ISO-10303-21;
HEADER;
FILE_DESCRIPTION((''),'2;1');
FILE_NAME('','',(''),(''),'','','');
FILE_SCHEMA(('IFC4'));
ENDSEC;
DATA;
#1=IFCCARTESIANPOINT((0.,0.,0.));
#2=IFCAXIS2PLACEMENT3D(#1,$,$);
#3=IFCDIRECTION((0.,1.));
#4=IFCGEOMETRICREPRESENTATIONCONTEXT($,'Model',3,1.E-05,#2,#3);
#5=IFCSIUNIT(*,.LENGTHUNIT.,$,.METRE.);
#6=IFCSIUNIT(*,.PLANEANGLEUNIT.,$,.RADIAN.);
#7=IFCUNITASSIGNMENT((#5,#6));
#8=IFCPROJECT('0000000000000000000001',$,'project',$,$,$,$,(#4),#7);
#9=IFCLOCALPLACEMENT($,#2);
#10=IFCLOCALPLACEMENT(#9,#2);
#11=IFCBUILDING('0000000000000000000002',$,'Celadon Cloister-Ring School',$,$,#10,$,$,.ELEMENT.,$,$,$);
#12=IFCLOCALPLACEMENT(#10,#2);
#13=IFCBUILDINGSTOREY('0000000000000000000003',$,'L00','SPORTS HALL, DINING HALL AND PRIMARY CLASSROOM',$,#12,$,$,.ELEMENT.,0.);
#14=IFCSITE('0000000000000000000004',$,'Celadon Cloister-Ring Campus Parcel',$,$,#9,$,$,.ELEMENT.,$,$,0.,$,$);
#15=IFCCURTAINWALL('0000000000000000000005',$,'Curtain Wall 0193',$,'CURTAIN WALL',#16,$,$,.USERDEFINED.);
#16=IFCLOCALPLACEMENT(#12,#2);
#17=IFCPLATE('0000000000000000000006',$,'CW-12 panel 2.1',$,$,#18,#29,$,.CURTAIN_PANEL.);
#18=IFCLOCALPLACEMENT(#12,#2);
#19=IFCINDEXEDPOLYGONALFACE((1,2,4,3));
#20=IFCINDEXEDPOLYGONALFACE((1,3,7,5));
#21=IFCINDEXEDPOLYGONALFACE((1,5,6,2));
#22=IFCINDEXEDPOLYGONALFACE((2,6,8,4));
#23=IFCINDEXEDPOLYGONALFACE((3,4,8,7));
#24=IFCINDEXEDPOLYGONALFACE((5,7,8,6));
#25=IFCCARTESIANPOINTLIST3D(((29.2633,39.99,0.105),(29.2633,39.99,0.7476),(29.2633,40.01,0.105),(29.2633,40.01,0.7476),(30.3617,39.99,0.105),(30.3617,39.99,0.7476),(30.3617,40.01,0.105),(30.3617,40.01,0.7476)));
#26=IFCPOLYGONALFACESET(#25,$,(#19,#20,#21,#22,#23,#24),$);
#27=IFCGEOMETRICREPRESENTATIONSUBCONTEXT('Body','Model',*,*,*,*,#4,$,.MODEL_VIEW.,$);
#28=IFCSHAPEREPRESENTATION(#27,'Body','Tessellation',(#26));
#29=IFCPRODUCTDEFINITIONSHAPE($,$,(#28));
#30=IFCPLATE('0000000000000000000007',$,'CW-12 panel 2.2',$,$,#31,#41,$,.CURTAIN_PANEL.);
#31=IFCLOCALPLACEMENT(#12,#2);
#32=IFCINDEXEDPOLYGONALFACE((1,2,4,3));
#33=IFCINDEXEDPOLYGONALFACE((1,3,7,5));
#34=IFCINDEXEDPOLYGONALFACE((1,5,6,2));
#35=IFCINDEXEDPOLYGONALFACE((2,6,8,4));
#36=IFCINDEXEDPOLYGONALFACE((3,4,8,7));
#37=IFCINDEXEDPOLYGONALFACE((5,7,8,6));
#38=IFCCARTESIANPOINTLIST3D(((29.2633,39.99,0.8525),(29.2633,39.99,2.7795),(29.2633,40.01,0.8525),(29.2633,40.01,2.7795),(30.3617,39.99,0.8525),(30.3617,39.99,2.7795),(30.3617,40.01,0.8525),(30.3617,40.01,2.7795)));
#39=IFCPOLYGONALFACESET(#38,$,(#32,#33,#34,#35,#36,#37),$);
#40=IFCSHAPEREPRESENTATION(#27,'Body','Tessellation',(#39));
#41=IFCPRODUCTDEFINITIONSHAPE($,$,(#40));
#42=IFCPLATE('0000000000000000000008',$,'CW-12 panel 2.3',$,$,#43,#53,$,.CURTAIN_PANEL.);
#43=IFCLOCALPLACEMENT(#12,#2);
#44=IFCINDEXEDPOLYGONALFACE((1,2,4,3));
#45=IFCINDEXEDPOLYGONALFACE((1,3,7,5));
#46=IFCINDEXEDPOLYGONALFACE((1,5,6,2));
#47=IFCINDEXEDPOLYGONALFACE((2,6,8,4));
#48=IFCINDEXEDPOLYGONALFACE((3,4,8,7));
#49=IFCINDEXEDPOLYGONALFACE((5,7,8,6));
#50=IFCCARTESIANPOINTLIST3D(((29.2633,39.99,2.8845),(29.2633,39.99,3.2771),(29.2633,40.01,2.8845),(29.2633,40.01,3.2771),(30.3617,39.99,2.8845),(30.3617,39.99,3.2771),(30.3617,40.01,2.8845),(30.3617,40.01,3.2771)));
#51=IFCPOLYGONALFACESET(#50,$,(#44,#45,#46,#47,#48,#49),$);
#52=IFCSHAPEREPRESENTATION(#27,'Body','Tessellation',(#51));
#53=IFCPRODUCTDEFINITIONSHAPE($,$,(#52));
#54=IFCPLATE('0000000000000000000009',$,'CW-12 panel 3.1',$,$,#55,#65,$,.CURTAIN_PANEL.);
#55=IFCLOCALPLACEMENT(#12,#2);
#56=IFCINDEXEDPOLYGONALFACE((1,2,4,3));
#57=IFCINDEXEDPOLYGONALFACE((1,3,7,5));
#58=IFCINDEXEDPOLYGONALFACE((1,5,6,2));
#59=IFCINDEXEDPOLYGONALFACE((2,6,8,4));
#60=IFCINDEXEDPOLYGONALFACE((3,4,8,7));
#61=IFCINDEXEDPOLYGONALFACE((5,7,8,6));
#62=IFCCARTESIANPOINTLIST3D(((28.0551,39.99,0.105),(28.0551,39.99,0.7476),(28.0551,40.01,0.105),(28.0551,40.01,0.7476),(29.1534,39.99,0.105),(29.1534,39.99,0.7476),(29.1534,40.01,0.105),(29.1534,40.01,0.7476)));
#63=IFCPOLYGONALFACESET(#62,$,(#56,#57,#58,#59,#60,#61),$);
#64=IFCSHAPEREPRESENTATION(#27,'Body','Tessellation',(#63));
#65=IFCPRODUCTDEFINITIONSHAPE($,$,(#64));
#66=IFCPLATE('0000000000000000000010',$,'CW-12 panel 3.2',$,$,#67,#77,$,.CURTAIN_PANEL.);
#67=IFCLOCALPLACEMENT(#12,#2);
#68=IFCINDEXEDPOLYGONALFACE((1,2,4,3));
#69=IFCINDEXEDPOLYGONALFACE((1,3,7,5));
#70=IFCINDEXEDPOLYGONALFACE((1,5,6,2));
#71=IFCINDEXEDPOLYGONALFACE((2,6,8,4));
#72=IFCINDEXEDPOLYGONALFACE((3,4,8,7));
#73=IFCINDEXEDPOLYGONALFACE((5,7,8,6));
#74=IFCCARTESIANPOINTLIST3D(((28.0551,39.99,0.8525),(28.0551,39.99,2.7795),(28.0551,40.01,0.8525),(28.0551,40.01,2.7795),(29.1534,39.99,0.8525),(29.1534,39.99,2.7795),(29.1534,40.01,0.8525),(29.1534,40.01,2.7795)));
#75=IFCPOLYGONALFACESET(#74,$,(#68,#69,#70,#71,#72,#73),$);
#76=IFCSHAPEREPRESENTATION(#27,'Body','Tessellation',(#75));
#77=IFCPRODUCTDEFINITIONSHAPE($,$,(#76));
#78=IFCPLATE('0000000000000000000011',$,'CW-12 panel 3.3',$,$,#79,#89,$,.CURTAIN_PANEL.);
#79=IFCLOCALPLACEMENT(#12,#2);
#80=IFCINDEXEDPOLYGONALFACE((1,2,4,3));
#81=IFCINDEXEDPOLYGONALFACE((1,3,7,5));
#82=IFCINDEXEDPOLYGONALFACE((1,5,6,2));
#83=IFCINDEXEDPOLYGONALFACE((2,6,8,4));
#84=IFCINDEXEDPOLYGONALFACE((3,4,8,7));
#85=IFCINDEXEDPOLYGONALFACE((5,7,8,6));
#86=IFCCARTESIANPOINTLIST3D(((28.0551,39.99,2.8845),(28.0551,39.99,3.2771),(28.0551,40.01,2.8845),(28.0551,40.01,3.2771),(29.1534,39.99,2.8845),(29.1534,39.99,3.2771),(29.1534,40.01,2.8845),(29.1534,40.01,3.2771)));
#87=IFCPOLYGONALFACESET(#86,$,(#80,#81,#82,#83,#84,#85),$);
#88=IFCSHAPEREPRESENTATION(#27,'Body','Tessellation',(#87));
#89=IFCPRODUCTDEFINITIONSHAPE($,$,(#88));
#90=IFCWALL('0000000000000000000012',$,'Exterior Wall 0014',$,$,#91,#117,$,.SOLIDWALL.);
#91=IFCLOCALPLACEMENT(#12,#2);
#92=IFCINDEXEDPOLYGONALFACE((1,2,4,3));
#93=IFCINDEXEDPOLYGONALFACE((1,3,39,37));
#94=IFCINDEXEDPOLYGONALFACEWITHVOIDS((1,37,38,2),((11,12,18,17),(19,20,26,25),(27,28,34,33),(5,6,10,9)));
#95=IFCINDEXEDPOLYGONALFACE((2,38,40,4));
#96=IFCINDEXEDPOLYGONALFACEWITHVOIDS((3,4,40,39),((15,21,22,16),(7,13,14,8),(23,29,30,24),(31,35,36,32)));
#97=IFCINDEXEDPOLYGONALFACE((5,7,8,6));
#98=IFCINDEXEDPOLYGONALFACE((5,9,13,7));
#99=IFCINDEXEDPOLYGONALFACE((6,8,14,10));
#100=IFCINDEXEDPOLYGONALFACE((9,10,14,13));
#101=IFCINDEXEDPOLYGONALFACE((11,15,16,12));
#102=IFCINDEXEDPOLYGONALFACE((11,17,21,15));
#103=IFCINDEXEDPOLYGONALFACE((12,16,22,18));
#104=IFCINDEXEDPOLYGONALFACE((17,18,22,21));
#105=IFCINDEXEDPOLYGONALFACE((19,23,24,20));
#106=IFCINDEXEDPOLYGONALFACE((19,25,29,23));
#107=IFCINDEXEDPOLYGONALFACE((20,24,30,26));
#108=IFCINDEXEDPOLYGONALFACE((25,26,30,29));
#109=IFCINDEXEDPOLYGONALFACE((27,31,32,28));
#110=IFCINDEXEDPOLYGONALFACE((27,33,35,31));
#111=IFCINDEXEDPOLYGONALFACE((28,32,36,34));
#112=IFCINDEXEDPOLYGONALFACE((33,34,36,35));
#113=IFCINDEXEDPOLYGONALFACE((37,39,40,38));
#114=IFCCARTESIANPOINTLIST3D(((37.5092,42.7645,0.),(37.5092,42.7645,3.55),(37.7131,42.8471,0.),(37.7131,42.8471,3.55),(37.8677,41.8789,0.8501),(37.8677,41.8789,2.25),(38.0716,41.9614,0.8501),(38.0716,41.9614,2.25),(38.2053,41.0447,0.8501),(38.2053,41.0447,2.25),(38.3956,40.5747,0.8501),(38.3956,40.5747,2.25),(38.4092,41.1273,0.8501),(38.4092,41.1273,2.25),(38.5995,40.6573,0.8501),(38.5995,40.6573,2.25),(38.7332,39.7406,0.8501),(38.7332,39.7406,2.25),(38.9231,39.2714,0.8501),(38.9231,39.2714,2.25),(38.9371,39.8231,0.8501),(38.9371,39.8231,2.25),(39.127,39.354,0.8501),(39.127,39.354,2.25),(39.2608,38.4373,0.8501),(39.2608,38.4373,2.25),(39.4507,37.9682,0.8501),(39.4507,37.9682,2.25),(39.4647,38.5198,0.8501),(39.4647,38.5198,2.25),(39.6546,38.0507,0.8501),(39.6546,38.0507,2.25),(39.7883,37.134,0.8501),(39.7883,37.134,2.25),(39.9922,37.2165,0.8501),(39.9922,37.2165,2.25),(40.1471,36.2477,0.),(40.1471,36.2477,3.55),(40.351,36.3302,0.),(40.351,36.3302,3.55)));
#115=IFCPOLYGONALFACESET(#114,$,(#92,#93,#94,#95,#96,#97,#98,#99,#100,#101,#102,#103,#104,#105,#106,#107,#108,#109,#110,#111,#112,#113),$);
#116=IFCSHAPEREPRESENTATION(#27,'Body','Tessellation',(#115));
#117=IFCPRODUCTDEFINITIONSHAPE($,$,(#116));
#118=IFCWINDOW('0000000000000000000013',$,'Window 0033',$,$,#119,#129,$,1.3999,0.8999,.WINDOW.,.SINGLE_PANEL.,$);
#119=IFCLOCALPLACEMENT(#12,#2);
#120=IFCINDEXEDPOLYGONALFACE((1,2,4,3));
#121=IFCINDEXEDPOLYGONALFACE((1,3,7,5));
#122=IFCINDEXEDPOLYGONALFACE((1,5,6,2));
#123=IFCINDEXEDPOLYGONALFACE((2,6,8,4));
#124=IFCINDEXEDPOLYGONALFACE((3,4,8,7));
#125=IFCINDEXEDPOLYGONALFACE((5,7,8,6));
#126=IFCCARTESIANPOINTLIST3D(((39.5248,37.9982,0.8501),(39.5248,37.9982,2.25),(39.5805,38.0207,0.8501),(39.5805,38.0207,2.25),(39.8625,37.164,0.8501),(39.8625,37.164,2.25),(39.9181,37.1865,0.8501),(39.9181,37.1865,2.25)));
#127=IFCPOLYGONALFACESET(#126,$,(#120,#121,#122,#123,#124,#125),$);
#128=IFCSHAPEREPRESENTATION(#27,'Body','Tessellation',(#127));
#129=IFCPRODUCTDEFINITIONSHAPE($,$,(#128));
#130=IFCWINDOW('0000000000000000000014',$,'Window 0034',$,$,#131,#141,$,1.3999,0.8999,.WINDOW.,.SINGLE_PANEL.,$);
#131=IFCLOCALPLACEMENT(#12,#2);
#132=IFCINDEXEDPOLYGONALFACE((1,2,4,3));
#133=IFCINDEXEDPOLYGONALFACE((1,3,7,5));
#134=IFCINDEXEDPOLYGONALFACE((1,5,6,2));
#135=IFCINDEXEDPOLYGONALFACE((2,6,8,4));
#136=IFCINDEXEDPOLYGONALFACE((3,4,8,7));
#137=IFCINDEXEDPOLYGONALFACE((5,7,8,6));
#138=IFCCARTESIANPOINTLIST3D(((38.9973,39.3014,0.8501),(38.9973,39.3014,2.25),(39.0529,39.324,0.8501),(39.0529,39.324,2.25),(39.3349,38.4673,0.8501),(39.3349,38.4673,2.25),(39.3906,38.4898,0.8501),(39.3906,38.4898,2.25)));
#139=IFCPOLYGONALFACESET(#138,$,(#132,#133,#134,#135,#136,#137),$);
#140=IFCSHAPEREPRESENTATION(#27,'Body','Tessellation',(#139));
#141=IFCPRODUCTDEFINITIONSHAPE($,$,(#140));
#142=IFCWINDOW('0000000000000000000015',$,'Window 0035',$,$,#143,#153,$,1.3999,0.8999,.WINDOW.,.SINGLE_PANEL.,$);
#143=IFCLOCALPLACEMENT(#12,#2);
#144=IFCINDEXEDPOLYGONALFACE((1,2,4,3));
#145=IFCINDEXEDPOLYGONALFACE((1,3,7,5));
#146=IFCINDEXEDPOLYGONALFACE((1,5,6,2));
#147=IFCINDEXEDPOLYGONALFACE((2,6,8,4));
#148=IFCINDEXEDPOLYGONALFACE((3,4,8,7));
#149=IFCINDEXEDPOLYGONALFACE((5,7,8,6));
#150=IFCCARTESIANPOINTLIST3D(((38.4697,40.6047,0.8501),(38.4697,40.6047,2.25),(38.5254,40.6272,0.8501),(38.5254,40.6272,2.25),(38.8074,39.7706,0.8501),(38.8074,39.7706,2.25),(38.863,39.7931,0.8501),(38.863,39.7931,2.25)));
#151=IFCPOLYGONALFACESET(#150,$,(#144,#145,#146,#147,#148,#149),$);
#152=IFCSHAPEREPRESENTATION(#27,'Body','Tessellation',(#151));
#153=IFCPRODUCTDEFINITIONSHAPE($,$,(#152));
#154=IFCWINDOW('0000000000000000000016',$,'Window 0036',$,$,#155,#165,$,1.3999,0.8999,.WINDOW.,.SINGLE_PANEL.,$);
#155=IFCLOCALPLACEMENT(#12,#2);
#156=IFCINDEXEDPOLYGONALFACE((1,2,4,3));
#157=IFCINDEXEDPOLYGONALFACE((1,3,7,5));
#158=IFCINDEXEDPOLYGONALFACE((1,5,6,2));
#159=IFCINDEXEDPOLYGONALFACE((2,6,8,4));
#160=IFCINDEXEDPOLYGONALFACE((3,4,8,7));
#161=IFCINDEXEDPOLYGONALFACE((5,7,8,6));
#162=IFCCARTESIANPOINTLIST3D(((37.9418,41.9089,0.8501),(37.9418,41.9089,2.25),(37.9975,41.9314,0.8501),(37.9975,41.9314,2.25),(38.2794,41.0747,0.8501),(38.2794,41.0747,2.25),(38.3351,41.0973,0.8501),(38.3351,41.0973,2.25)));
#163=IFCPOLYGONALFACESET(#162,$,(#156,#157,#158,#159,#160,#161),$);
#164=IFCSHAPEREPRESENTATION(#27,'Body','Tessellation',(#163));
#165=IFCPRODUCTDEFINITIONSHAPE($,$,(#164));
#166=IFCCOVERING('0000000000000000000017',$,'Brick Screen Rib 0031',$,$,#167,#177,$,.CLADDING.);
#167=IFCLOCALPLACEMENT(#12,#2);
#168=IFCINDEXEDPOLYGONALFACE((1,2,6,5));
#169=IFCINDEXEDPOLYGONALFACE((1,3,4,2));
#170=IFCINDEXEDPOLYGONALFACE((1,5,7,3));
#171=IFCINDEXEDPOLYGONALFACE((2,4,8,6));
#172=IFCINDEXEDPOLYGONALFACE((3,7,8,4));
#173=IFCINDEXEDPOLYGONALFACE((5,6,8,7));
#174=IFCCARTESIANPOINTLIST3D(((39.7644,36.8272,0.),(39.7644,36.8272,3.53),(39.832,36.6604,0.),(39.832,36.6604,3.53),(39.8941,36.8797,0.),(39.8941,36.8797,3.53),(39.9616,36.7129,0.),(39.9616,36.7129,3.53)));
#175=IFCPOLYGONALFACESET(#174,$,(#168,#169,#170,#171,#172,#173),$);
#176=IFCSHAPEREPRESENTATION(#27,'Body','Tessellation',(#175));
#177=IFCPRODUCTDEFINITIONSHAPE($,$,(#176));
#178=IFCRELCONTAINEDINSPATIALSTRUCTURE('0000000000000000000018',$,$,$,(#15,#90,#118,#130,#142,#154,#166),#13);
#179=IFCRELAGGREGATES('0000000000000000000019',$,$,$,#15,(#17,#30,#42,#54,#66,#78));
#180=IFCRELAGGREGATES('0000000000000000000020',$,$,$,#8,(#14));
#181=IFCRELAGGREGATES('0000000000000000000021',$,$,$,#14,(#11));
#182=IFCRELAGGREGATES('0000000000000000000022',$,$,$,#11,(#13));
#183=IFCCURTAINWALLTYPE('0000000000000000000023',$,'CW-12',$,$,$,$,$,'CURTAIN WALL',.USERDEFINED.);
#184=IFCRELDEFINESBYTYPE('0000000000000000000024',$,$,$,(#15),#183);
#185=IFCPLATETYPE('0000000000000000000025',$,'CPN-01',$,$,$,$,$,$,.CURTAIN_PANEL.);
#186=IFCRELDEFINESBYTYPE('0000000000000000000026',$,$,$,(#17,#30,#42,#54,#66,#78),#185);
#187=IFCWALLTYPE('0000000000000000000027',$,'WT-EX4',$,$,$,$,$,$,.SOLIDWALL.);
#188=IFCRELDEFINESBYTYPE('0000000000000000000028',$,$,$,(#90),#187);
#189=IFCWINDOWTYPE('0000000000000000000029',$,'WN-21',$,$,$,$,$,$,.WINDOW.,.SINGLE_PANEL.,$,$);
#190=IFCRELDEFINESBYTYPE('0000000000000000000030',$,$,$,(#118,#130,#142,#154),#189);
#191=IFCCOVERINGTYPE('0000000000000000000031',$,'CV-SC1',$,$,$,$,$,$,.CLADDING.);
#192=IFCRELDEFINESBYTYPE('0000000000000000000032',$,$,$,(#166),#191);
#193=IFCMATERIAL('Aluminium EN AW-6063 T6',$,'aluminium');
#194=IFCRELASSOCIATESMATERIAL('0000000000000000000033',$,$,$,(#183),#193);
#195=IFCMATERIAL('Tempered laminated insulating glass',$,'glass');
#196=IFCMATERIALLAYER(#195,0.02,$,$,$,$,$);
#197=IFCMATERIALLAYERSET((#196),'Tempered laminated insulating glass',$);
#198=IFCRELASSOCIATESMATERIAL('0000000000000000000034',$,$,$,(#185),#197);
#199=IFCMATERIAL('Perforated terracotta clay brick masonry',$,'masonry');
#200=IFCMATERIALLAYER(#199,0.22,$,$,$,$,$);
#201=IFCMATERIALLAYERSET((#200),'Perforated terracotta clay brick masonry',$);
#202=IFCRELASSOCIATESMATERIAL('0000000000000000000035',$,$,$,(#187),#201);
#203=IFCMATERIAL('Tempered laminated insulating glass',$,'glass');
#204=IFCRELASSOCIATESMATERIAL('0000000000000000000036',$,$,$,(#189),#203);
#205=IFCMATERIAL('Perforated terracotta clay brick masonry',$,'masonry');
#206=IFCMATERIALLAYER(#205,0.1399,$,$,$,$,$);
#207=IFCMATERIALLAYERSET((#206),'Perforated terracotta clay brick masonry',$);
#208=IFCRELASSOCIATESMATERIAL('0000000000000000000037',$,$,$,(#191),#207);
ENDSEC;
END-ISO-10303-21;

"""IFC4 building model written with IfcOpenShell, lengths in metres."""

from ifc_helpers import new_model, si_unit, direction, frame, frame_2d, origin, origin_2d, place, context, subcontext, project, spatial, rectangle, extrude, material, layer, layer_set, type_object, element, fill, aggregate, save


model = new_model("IFC4")

# Units and contexts
model_context = context("Model", 3, precision=1e-05, world=origin(), true_north=direction((0.0, 1.0)))
body_context = subcontext(model_context, "Body", "Model", "MODEL_VIEW")
ifc_project = project(units=[si_unit("LENGTHUNIT", "METRE"), si_unit("PLANEANGLEUNIT", "RADIAN")], contexts=[model_context])

# Site, building, storey
site_placement = place(None, origin())
site = spatial("IfcSite", under=ifc_project, at=site_placement, Name="Celadon Cloister-Ring Campus Parcel", CompositionType="ELEMENT", RefElevation=0.0)
building_placement = place(site_placement, origin())
building = spatial("IfcBuilding", under=site, at=building_placement, Name="Celadon Cloister-Ring School", CompositionType="ELEMENT")
storey_placement = place(building_placement, origin())
storey = spatial("IfcBuildingStorey", under=building, at=storey_placement, Name="L00", Description="SPORTS HALL, DINING HALL AND PRIMARY CLASSROOM", CompositionType="ELEMENT", Elevation=0.0)

# Curtain wall
ifc_material_1 = material(Name="Aluminium EN AW-6063 T6", Category="aluminium")
curtain_wall_type = type_object("IfcCurtainWallType", Name="CW-12", ElementType="CURTAIN WALL", PredefinedType="USERDEFINED", material=ifc_material_1)
curtain_wall_placement = place(storey_placement, origin())
curtain_wall = element("IfcCurtainWall", 1, at=curtain_wall_placement, inside=storey, type_object=curtain_wall_type, Name="Curtain Wall 0193", ObjectType="CURTAIN WALL", PredefinedType="USERDEFINED")

# Plates
ifc_material_2 = material(Name="Tempered laminated insulating glass", Category="glass")
ifc_layer_1 = layer(ifc_material_2, 0.02)
ifc_layer_set_1 = layer_set([ifc_layer_1], Name="Tempered laminated insulating glass")
plate_type = type_object("IfcPlateType", Name="CPN-01", PredefinedType="CURTAIN_PANEL", material=ifc_layer_set_1)
plate_1_placement = place(storey_placement, frame((29.8125, 40.0, 0.105), z_axis=(0.0, 0.0, 1.0), x_axis=(-1.0, 0.0, 0.0)))
plate_1 = element("IfcPlate", 2, at=plate_1_placement, type_object=plate_type, Name="CW-12 panel 2.1", PredefinedType="CURTAIN_PANEL", context=body_context, shape_type="SweptSolid", body=[
    extrude(rectangle(XDim=1.0984, YDim=0.02, at=origin_2d()), origin(), (0.0, 0.0, 1.0), 0.6426),
])
plate_2_placement = place(storey_placement, frame((29.8125, 40.0, 0.8525), z_axis=(0.0, 0.0, 1.0), x_axis=(-1.0, 0.0, 0.0)))
plate_2 = element("IfcPlate", 3, at=plate_2_placement, type_object=plate_type, Name="CW-12 panel 2.2", PredefinedType="CURTAIN_PANEL", context=body_context, shape_type="SweptSolid", body=[
    extrude(rectangle(XDim=1.0984, YDim=0.02, at=origin_2d()), origin(), (0.0, 0.0, 1.0), 1.927),
])
plate_3_placement = place(storey_placement, frame((29.8125, 40.0, 2.8845), z_axis=(0.0, 0.0, 1.0), x_axis=(-1.0, 0.0, 0.0)))
plate_3 = element("IfcPlate", 4, at=plate_3_placement, type_object=plate_type, Name="CW-12 panel 2.3", PredefinedType="CURTAIN_PANEL", context=body_context, shape_type="SweptSolid", body=[
    extrude(rectangle(XDim=1.0984, YDim=0.02, at=origin_2d()), origin(), (0.0, 0.0, 1.0), 0.3926),
])
plate_4_placement = place(storey_placement, frame((28.6042, 40.0, 0.105), z_axis=(0.0, 0.0, 1.0), x_axis=(-1.0, 0.0, 0.0)))
plate_4 = element("IfcPlate", 5, at=plate_4_placement, type_object=plate_type, Name="CW-12 panel 3.1", PredefinedType="CURTAIN_PANEL", context=body_context, shape_type="SweptSolid", body=[
    extrude(rectangle(XDim=1.0984, YDim=0.02, at=origin_2d()), origin(), (0.0, 0.0, 1.0), 0.6426),
])
plate_5_placement = place(storey_placement, frame((28.6042, 40.0, 0.8525), z_axis=(0.0, 0.0, 1.0), x_axis=(-1.0, 0.0, 0.0)))
plate_5 = element("IfcPlate", 6, at=plate_5_placement, type_object=plate_type, Name="CW-12 panel 3.2", PredefinedType="CURTAIN_PANEL", context=body_context, shape_type="SweptSolid", body=[
    extrude(rectangle(XDim=1.0984, YDim=0.02, at=origin_2d()), origin(), (0.0, 0.0, 1.0), 1.927),
])
plate_6_placement = place(storey_placement, frame((28.6042, 40.0, 2.8845), z_axis=(0.0, 0.0, 1.0), x_axis=(-1.0, 0.0, 0.0)))
plate_6 = element("IfcPlate", 7, at=plate_6_placement, type_object=plate_type, Name="CW-12 panel 3.3", PredefinedType="CURTAIN_PANEL", context=body_context, shape_type="SweptSolid", body=[
    extrude(rectangle(XDim=1.0984, YDim=0.02, at=origin_2d()), origin(), (0.0, 0.0, 1.0), 0.3926),
])
aggregate(curtain_wall, [plate_1, plate_2, plate_3, plate_4, plate_5, plate_6])

# Wall, openings, windows
ifc_material_3 = material(Name="Perforated terracotta clay brick masonry", Category="masonry")
ifc_layer_2 = layer(ifc_material_3, 0.22)
ifc_layer_set_2 = layer_set([ifc_layer_2], Name="Perforated terracotta clay brick masonry")
wall_type = type_object("IfcWallType", Name="WT-EX4", PredefinedType="SOLIDWALL", material=ifc_layer_set_2)
wall_placement = place(storey_placement, frame((40.249, 36.2891, 0.0), z_axis=(0.0, 0.0, 1.0), x_axis=(-0.375213, 0.926938, 0.0)))
wall = element("IfcWall", 8, at=wall_placement, inside=storey, type_object=wall_type, Name="Exterior Wall 0014", PredefinedType="SOLIDWALL", context=body_context, shape_type="SweptSolid", body=[
    extrude(rectangle(XDim=7.0305, YDim=0.22, at=frame_2d((3.5151, 0.0))), origin(), (0.0, 0.0, 1.0), 3.55),
])
opening_1_placement = place(wall_placement, frame((0.9561, 0.0, 0.8501)))
opening_1 = element("IfcOpeningElement", 9, at=opening_1_placement, cuts=wall, PredefinedType="OPENING", context=body_context, shape_type="SweptSolid", body=[
    extrude(rectangle(XDim=0.8999, YDim=1.3999, at=frame_2d((0.45, 0.7))), frame((0.0, 0.1201, 0.0), z_axis=(0.0, -1.0, 0.0), x_axis=(1.0, 0.0, 0.0)), (0.0, 0.0, 1.0), 0.24),
])
opening_2_placement = place(wall_placement, frame((2.3621, 0.0, 0.8501)))
opening_2 = element("IfcOpeningElement", 10, at=opening_2_placement, cuts=wall, PredefinedType="OPENING", context=body_context, shape_type="SweptSolid", body=[
    extrude(rectangle(XDim=0.8999, YDim=1.3999, at=frame_2d((0.45, 0.7))), frame((0.0, 0.1201, 0.0), z_axis=(0.0, -1.0, 0.0), x_axis=(1.0, 0.0, 0.0)), (0.0, 0.0, 1.0), 0.24),
])
opening_3_placement = place(wall_placement, frame((3.7681, 0.0, 0.8501)))
opening_3 = element("IfcOpeningElement", 11, at=opening_3_placement, cuts=wall, PredefinedType="OPENING", context=body_context, shape_type="SweptSolid", body=[
    extrude(rectangle(XDim=0.8999, YDim=1.3999, at=frame_2d((0.45, 0.7))), frame((0.0, 0.1201, 0.0), z_axis=(0.0, -1.0, 0.0), x_axis=(1.0, 0.0, 0.0)), (0.0, 0.0, 1.0), 0.24),
])
opening_4_placement = place(wall_placement, frame((5.175, 0.0, 0.8501)))
opening_4 = element("IfcOpeningElement", 12, at=opening_4_placement, cuts=wall, PredefinedType="OPENING", context=body_context, shape_type="SweptSolid", body=[
    extrude(rectangle(XDim=0.8999, YDim=1.3999, at=frame_2d((0.45, 0.7))), frame((0.0, 0.1201, 0.0), z_axis=(0.0, -1.0, 0.0), x_axis=(1.0, 0.0, 0.0)), (0.0, 0.0, 1.0), 0.24),
])
ifc_material_4 = material(Name="Tempered laminated insulating glass", Category="glass")
window_type = type_object("IfcWindowType", Name="WN-21", PartitioningType="SINGLE_PANEL", PredefinedType="WINDOW", material=ifc_material_4)
window_1_placement = place(opening_1_placement, origin())
window_1 = element("IfcWindow", 13, at=window_1_placement, inside=storey, type_object=window_type, Name="Window 0033", OverallHeight=1.3999, OverallWidth=0.8999, PartitioningType="SINGLE_PANEL", PredefinedType="WINDOW", context=body_context, shape_type="SweptSolid", body=[
    extrude(rectangle(XDim=0.8999, YDim=1.3999, at=frame_2d((0.45, 0.7))), frame((0.0, 0.03, 0.0), z_axis=(0.0, -1.0, 0.0), x_axis=(1.0, 0.0, 0.0)), (0.0, 0.0, 1.0), 0.0601),
])
fill(opening_1, window_1)
window_2_placement = place(opening_2_placement, origin())
window_2 = element("IfcWindow", 14, at=window_2_placement, inside=storey, type_object=window_type, Name="Window 0034", OverallHeight=1.3999, OverallWidth=0.8999, PartitioningType="SINGLE_PANEL", PredefinedType="WINDOW", context=body_context, shape_type="SweptSolid", body=[
    extrude(rectangle(XDim=0.8999, YDim=1.3999, at=frame_2d((0.45, 0.7))), frame((0.0, 0.03, 0.0), z_axis=(0.0, -1.0, 0.0), x_axis=(1.0, 0.0, 0.0)), (0.0, 0.0, 1.0), 0.0601),
])
fill(opening_2, window_2)
window_3_placement = place(opening_3_placement, origin())
window_3 = element("IfcWindow", 15, at=window_3_placement, inside=storey, type_object=window_type, Name="Window 0035", OverallHeight=1.3999, OverallWidth=0.8999, PartitioningType="SINGLE_PANEL", PredefinedType="WINDOW", context=body_context, shape_type="SweptSolid", body=[
    extrude(rectangle(XDim=0.8999, YDim=1.3999, at=frame_2d((0.45, 0.7))), frame((0.0, 0.03, 0.0), z_axis=(0.0, -1.0, 0.0), x_axis=(1.0, 0.0, 0.0)), (0.0, 0.0, 1.0), 0.0601),
])
fill(opening_3, window_3)
window_4_placement = place(opening_4_placement, origin())
window_4 = element("IfcWindow", 16, at=window_4_placement, inside=storey, type_object=window_type, Name="Window 0036", OverallHeight=1.3999, OverallWidth=0.8999, PartitioningType="SINGLE_PANEL", PredefinedType="WINDOW", context=body_context, shape_type="SweptSolid", body=[
    extrude(rectangle(XDim=0.8999, YDim=1.3999, at=frame_2d((0.45, 0.7))), frame((0.0, 0.03, 0.0), z_axis=(0.0, -1.0, 0.0), x_axis=(1.0, 0.0, 0.0)), (0.0, 0.0, 1.0), 0.0601),
])
fill(opening_4, window_4)

# Covering
ifc_material_5 = material(Name="Perforated terracotta clay brick masonry", Category="masonry")
ifc_layer_3 = layer(ifc_material_5, 0.1399)
ifc_layer_set_3 = layer_set([ifc_layer_3], Name="Perforated terracotta clay brick masonry")
covering_type = type_object("IfcCoveringType", Name="CV-SC1", PredefinedType="CLADDING", material=ifc_layer_set_3)
for number, where, z_axis, x_axis, name in (
    (17, (39.863, 36.77, 0.0), (0.0, 0.0, 1.0), (-0.375205, 0.926942, 0.0), "Brick Screen Rib 0031"),
):
    element("IfcCovering", number, at=place(storey_placement, frame(where, z_axis=z_axis, x_axis=x_axis)), inside=storey, type_object=covering_type, Name=name, PredefinedType="CLADDING", context=body_context, shape_type="SweptSolid", body=[
        extrude(rectangle(XDim=0.1799, YDim=0.1399, at=origin_2d()), origin(), (0.0, 0.0, 1.0), 3.53),
    ])

save(model, "model.ifc")
